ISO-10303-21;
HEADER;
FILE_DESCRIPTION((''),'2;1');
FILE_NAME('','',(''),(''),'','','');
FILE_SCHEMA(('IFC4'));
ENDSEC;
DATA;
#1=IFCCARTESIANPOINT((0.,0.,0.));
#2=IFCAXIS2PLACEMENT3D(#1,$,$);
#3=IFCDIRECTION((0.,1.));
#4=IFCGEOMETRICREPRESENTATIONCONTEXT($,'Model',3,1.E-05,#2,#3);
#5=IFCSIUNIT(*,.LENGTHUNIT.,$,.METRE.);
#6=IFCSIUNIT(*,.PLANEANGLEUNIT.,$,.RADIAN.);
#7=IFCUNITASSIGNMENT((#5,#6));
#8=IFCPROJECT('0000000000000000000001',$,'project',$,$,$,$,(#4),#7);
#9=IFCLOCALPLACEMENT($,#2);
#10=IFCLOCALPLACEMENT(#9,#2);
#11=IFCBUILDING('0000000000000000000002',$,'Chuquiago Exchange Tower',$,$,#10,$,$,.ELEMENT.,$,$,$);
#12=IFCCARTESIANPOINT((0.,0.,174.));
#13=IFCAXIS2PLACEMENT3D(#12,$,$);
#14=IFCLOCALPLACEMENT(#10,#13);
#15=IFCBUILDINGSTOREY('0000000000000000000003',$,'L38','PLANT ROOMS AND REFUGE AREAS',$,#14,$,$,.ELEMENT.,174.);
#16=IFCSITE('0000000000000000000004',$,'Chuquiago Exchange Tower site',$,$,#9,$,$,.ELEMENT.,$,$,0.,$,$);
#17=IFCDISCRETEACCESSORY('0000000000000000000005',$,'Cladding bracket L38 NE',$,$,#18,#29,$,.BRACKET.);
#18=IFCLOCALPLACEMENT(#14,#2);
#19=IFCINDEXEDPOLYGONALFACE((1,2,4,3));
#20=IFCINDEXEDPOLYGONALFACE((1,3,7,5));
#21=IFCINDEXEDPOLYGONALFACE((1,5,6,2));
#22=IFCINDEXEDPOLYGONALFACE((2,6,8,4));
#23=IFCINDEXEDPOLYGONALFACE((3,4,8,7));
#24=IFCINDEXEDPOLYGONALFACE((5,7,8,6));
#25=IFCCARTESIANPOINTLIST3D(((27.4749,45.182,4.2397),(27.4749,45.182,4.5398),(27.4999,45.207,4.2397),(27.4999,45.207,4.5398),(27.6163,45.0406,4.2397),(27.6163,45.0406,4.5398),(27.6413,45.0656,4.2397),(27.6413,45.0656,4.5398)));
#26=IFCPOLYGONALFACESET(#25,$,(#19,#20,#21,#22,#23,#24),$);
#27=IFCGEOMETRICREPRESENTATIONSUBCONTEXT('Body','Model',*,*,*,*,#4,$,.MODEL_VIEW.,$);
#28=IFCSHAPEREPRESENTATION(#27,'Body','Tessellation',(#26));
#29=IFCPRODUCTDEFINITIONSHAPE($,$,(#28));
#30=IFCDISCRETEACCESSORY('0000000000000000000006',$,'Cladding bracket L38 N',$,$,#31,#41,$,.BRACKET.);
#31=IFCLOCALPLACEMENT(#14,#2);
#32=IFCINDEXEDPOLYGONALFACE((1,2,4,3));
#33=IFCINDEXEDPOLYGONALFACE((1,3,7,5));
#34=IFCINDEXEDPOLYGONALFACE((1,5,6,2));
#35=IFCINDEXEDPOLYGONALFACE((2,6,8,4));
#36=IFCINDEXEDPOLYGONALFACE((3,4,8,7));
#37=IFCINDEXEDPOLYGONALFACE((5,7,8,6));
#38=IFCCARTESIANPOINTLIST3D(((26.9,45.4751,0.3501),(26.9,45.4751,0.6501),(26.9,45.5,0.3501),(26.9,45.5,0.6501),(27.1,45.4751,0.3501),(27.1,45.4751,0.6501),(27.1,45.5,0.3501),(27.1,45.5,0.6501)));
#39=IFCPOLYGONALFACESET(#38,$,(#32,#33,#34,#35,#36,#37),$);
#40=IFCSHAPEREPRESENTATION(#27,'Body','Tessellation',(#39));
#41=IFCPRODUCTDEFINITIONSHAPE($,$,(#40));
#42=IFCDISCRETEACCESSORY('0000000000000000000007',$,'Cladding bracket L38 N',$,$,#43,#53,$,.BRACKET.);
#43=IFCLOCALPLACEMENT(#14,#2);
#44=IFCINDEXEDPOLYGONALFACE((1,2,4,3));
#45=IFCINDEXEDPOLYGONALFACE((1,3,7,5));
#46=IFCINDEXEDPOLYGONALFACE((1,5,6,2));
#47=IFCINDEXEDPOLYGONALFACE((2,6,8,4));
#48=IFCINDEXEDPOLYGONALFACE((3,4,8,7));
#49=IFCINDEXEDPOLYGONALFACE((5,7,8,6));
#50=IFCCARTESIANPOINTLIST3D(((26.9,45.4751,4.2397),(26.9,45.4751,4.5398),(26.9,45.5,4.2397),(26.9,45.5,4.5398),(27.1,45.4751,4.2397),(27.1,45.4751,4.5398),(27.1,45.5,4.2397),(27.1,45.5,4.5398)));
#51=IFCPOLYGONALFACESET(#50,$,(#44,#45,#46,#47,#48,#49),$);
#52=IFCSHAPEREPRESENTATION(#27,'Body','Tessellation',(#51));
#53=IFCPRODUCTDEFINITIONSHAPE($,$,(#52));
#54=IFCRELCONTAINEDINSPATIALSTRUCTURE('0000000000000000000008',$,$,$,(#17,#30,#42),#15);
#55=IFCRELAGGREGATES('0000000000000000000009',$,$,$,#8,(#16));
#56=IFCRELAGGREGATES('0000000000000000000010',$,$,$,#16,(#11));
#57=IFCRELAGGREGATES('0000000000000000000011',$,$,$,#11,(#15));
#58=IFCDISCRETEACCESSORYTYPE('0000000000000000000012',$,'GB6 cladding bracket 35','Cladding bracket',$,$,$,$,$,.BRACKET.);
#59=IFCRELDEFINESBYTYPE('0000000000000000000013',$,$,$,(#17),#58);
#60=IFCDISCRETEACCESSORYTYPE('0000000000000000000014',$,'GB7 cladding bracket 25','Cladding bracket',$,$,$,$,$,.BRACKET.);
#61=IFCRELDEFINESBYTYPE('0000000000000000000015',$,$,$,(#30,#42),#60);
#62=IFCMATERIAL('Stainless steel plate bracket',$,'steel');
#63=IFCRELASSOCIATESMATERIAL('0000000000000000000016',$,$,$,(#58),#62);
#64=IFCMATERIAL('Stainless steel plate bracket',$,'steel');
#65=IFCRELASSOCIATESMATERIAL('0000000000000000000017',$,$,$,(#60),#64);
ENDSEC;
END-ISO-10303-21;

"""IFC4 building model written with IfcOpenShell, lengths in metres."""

from ifc_helpers import new_model, si_unit, direction, frame, origin, origin_2d, place, context, subcontext, project, spatial, rectangle, extrude, material, type_object, element, save


model = new_model("IFC4")

# Units and contexts
model_context = context("Model", 3, precision=1e-05, world=origin(), true_north=direction((0.0, 1.0)))
body_context = subcontext(model_context, "Body", "Model", "MODEL_VIEW")
ifc_project = project(units=[si_unit("LENGTHUNIT", "METRE"), si_unit("PLANEANGLEUNIT", "RADIAN")], contexts=[model_context])

# Site, building, storey
site_placement = place(None, origin())
site = spatial("IfcSite", under=ifc_project, at=site_placement, Name="Chuquiago Exchange Tower site", CompositionType="ELEMENT", RefElevation=0.0)
building_placement = place(site_placement, origin())
building = spatial("IfcBuilding", under=site, at=building_placement, Name="Chuquiago Exchange Tower", CompositionType="ELEMENT")
storey_placement = place(building_placement, frame((0.0, 0.0, 174.0)))
storey = spatial("IfcBuildingStorey", under=building, at=storey_placement, Name="L38", Description="PLANT ROOMS AND REFUGE AREAS", CompositionType="ELEMENT", Elevation=174.0)

# Discrete accessories
ifc_material_1 = material(Name="Stainless steel plate bracket", Category="steel")
discrete_accessory_type_1 = type_object("IfcDiscreteAccessoryType", Name="GB6 cladding bracket 35", Description="Cladding bracket", PredefinedType="BRACKET", material=ifc_material_1)
for number, where, z_axis, x_axis, name in (
    (1, (27.5581, 45.1238, 4.2397), (0.0, 0.0, 1.0), (-0.707107, 0.707107, 0.0), "Cladding bracket L38 NE"),
):
    element("IfcDiscreteAccessory", number, at=place(storey_placement, frame(where, z_axis=z_axis, x_axis=x_axis)), inside=storey, type_object=discrete_accessory_type_1, Name=name, PredefinedType="BRACKET", context=body_context, shape_type="SweptSolid", body=[
        extrude(rectangle(XDim=0.2, YDim=0.0354, at=origin_2d()), origin(), (0.0, 0.0, 1.0), 0.3),
    ])
ifc_material_2 = material(Name="Stainless steel plate bracket", Category="steel")
discrete_accessory_type_2 = type_object("IfcDiscreteAccessoryType", Name="GB7 cladding bracket 25", Description="Cladding bracket", PredefinedType="BRACKET", material=ifc_material_2)
for number, where, z_axis, x_axis, name in (
    (2, (27.0, 45.4875, 0.3501), (0.0, 0.0, 1.0), (-1.0, 0.0, 0.0), "Cladding bracket L38 N"),
    (3, (27.0, 45.4875, 4.2397), (0.0, 0.0, 1.0), (-1.0, 0.0, 0.0), "Cladding bracket L38 N"),
):
    element("IfcDiscreteAccessory", number, at=place(storey_placement, frame(where, z_axis=z_axis, x_axis=x_axis)), inside=storey, type_object=discrete_accessory_type_2, Name=name, PredefinedType="BRACKET", context=body_context, shape_type="SweptSolid", body=[
        extrude(rectangle(XDim=0.2, YDim=0.0249, at=origin_2d()), origin(), (0.0, 0.0, 1.0), 0.3),
    ])

save(model, "model.ifc")
